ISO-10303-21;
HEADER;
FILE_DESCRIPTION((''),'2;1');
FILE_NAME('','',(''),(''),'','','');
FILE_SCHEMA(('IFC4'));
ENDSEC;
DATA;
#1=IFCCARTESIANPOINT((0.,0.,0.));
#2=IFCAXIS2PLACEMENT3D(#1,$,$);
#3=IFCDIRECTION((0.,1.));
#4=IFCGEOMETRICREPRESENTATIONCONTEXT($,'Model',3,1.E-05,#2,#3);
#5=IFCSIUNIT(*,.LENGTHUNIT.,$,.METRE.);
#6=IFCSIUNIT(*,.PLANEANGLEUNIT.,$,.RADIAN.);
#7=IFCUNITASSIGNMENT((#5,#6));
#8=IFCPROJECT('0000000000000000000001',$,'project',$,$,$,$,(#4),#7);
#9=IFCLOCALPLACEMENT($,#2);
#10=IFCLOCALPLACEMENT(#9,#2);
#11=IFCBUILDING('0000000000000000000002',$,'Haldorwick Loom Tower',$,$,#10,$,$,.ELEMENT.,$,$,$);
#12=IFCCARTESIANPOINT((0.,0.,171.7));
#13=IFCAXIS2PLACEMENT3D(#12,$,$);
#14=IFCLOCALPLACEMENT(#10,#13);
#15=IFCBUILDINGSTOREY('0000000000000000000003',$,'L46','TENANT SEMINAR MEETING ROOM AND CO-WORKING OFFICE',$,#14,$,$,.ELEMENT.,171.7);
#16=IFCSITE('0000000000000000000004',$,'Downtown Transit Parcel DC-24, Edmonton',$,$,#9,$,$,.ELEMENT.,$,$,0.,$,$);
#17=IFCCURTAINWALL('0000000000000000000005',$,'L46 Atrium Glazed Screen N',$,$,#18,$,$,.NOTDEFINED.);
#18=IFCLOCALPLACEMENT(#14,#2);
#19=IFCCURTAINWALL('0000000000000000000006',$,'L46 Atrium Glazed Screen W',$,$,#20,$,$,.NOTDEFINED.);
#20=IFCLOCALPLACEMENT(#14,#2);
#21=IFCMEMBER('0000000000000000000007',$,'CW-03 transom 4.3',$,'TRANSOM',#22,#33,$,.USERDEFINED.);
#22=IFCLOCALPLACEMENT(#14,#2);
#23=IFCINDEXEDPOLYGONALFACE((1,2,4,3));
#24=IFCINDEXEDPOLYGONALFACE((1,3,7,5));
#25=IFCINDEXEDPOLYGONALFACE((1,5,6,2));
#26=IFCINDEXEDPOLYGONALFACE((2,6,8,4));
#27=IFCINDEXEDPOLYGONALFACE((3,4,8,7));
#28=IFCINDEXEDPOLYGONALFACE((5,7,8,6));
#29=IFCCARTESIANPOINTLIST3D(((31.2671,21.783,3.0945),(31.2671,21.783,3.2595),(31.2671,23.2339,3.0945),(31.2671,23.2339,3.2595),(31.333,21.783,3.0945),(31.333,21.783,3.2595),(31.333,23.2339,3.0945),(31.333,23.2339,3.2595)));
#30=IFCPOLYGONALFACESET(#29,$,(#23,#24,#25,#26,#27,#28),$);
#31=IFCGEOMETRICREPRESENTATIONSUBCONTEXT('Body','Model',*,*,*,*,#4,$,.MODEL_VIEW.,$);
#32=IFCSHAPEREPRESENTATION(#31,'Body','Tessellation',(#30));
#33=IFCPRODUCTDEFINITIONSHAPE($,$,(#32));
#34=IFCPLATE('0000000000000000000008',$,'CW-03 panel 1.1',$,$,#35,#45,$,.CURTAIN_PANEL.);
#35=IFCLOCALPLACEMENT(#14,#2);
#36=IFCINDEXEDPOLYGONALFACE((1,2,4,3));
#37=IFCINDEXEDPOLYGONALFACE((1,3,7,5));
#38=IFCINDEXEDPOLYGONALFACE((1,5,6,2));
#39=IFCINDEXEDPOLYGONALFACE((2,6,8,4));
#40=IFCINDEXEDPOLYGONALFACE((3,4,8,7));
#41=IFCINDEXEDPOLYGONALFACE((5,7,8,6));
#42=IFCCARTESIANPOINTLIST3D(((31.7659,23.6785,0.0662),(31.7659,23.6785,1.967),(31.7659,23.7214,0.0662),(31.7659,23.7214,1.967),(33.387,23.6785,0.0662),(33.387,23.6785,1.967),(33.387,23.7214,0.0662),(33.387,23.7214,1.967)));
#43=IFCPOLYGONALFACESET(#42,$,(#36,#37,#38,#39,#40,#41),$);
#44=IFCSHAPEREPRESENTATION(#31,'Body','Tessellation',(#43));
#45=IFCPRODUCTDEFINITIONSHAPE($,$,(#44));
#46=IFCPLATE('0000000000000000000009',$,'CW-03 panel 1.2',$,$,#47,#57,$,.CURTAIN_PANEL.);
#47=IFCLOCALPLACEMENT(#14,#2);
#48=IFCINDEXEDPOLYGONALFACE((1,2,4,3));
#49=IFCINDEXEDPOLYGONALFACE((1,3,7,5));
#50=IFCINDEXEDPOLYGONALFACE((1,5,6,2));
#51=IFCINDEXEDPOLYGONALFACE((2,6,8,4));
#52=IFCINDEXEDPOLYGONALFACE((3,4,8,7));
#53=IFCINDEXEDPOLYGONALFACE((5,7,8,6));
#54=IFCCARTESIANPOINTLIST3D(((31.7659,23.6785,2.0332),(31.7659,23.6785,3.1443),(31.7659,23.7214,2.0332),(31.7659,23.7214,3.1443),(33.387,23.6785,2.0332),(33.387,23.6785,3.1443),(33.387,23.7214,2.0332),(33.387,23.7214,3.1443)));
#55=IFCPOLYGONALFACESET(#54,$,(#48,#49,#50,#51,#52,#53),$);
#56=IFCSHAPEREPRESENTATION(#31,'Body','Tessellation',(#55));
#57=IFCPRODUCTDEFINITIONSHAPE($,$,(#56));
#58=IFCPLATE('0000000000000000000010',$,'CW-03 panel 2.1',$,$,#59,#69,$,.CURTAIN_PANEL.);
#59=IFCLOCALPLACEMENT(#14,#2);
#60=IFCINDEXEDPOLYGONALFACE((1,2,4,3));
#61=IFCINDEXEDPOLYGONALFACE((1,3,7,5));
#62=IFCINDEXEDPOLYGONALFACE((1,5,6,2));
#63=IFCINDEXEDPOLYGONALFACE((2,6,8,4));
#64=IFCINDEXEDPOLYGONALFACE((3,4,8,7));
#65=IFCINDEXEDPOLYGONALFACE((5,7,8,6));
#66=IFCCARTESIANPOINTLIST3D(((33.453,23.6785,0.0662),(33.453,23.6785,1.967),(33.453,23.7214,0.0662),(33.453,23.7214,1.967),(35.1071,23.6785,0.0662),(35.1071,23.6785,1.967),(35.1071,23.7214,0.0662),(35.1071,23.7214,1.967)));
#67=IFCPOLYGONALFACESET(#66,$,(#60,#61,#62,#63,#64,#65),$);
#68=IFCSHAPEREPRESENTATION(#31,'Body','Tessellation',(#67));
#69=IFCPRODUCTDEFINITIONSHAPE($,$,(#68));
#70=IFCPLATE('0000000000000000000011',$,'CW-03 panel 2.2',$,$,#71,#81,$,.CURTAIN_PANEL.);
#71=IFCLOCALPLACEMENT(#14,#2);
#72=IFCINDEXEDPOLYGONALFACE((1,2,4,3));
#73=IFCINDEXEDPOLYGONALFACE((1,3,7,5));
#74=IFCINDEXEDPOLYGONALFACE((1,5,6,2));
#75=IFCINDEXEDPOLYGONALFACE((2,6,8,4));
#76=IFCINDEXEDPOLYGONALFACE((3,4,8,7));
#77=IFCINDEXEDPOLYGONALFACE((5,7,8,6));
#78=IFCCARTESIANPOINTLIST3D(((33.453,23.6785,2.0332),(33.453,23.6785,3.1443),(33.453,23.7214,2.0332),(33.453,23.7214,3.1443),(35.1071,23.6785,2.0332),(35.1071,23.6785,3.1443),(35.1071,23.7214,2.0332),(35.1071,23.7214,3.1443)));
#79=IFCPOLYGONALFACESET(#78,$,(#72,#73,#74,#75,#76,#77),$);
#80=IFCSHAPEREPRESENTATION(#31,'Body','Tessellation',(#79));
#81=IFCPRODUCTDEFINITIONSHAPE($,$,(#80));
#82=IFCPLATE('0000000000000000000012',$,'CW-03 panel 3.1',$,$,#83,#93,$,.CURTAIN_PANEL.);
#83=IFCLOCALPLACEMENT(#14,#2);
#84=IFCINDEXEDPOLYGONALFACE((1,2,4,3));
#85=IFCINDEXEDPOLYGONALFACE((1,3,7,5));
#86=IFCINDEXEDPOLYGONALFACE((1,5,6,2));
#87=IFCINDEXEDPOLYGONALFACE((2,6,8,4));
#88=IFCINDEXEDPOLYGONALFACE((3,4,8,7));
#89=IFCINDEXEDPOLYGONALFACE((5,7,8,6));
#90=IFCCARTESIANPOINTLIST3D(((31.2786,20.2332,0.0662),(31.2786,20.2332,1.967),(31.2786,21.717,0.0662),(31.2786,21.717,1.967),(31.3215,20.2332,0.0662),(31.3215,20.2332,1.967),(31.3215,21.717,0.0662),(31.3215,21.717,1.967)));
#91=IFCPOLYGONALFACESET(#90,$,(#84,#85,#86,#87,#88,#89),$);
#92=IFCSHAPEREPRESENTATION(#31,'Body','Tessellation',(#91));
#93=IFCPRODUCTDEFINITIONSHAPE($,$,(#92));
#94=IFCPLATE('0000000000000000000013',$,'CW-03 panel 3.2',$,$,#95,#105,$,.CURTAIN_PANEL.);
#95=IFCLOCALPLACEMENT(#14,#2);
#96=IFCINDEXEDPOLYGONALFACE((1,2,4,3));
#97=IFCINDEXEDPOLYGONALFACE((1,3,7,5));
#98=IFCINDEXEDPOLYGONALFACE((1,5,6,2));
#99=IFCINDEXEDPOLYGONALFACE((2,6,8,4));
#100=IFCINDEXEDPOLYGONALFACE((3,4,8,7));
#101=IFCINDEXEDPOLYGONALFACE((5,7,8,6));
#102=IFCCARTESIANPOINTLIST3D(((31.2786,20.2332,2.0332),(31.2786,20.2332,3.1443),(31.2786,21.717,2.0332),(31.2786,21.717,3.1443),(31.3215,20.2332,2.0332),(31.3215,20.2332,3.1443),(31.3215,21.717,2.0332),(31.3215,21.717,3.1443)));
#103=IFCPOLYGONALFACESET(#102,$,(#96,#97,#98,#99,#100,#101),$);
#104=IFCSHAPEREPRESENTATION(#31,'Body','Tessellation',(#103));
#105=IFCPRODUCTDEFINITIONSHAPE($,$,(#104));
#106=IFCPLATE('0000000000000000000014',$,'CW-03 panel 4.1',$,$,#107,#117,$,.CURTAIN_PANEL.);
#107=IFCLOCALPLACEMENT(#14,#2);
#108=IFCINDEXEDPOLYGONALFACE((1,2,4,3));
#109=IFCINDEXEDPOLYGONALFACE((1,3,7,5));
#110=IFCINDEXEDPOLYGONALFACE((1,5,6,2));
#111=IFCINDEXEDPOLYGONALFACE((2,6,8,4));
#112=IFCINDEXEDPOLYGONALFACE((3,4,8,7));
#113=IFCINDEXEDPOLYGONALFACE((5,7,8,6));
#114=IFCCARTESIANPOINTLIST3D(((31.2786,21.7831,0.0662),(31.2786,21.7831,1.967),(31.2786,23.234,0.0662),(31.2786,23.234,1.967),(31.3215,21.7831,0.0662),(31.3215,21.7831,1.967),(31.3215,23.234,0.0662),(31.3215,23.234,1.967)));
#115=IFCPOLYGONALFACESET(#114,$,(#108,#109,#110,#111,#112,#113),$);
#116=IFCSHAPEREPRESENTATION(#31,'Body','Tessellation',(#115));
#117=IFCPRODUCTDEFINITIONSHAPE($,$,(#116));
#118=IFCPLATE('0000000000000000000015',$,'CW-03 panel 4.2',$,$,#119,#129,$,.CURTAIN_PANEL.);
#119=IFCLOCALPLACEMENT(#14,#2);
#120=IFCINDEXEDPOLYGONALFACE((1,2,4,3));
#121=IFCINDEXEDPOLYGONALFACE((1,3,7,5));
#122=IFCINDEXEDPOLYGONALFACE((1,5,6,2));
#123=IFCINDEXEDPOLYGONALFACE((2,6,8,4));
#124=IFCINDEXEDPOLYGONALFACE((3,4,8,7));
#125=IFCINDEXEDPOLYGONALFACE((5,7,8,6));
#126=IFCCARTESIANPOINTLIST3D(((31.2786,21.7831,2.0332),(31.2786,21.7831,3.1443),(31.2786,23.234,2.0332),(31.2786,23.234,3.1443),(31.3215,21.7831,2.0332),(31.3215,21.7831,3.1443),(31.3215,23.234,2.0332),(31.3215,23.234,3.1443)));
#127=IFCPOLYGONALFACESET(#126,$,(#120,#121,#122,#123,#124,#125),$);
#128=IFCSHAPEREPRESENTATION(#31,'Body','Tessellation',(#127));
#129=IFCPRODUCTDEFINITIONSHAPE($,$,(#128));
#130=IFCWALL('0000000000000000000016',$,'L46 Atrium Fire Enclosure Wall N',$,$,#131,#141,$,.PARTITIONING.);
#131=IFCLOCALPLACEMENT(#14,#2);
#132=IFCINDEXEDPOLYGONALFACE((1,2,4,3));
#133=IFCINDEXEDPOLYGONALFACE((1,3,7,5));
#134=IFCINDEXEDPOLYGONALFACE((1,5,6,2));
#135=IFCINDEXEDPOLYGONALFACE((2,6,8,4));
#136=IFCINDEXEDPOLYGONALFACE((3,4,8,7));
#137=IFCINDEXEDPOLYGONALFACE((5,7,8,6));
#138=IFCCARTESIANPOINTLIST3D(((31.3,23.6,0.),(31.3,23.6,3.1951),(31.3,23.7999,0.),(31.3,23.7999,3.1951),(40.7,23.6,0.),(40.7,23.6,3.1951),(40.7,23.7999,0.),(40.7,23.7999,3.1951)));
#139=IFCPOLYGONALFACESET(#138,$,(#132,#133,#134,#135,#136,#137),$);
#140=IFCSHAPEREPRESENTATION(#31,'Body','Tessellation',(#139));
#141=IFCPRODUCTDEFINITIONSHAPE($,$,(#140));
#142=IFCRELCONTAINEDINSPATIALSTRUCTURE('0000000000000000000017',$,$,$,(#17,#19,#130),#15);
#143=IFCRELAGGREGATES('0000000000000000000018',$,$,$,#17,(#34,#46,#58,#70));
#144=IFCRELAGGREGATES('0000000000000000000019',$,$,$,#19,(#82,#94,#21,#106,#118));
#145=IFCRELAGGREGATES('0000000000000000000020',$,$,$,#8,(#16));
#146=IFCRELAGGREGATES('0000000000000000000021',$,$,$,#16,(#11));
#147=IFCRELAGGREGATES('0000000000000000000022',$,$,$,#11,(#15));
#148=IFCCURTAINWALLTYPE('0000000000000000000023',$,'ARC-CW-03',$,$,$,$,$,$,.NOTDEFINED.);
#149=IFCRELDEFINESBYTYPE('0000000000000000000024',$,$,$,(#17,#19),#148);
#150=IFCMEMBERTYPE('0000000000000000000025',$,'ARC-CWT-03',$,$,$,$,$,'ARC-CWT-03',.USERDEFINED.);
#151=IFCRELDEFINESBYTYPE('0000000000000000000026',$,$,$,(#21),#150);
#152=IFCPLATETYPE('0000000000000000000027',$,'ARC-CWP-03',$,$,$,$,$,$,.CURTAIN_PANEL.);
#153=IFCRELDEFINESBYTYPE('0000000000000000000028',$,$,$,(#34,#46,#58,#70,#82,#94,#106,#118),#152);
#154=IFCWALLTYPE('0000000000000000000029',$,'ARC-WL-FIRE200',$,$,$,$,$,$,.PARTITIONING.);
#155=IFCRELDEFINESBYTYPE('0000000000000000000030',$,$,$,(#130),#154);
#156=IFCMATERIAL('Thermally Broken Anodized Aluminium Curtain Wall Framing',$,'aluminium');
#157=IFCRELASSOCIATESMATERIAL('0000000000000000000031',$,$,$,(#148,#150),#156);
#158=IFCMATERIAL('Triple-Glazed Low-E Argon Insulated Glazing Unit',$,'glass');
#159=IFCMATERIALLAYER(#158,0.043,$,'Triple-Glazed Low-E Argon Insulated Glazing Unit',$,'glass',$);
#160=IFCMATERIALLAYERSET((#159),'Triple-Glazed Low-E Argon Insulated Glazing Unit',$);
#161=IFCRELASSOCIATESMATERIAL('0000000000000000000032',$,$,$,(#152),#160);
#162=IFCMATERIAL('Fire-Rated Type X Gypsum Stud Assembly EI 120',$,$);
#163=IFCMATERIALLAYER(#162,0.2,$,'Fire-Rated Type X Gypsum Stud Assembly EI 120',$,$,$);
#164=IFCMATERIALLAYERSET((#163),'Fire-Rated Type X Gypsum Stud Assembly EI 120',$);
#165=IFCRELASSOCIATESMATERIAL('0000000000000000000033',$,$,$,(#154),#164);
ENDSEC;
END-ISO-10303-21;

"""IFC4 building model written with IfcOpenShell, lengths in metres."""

from ifc_helpers import new_model, si_unit, direction, frame, frame_2d, origin, origin_2d, place, context, subcontext, project, spatial, rectangle, extrude, material, layer, layer_set, material_profile, profile_set, type_object, element, aggregate, save


model = new_model("IFC4")

# Units and contexts
model_context = context("Model", 3, precision=1e-05, world=origin(), true_north=direction((0.0, 1.0)))
body_context = subcontext(model_context, "Body", "Model", "MODEL_VIEW")
ifc_project = project(units=[si_unit("LENGTHUNIT", "METRE"), si_unit("PLANEANGLEUNIT", "RADIAN")], contexts=[model_context])

# Site, building, storey
site_placement = place(None, origin())
site = spatial("IfcSite", under=ifc_project, at=site_placement, Name="Downtown Transit Parcel DC-24, Edmonton", CompositionType="ELEMENT", RefElevation=0.0)
building_placement = place(site_placement, origin())
building = spatial("IfcBuilding", under=site, at=building_placement, Name="Haldorwick Loom Tower", CompositionType="ELEMENT")
storey_placement = place(building_placement, frame((0.0, 0.0, 171.7)))
storey = spatial("IfcBuildingStorey", under=building, at=storey_placement, Name="L46", Description="TENANT SEMINAR MEETING ROOM AND CO-WORKING OFFICE", CompositionType="ELEMENT", Elevation=171.7)

# Curtain walls
ifc_material_1 = material(Name="Thermally Broken Anodized Aluminium Curtain Wall Framing", Category="aluminium")
curtain_wall_type = type_object("IfcCurtainWallType", Name="ARC-CW-03", PredefinedType="NOTDEFINED", material=ifc_material_1)
curtain_wall_1_placement = place(storey_placement, origin())
curtain_wall_1 = element("IfcCurtainWall", 1, at=curtain_wall_1_placement, inside=storey, type_object=curtain_wall_type, Name="L46 Atrium Glazed Screen N", PredefinedType="NOTDEFINED")
curtain_wall_2_placement = place(storey_placement, origin())
curtain_wall_2 = element("IfcCurtainWall", 2, at=curtain_wall_2_placement, inside=storey, type_object=curtain_wall_type, Name="L46 Atrium Glazed Screen W", PredefinedType="NOTDEFINED")

# Member
ifc_material_profile_1 = material_profile(ifc_material_1, rectangle(XDim=0.0659, YDim=0.165, at=origin_2d()), Name="ALU_TRN_66X165", Category="aluminium")
ifc_profile_set_1 = profile_set([ifc_material_profile_1], Name="Thermally Broken Anodized Aluminium Curtain Wall Framing")
member_type_1 = type_object("IfcMemberType", Name="ARC-CWT-03", ElementType="ARC-CWT-03", PredefinedType="USERDEFINED", material=ifc_profile_set_1)
member_1_placement = place(storey_placement, frame((31.3, 21.783, 3.177), z_axis=(0.0, 1.0, 0.0), x_axis=(-1.0, 0.0, 0.0)))
member_1 = element("IfcMember", 3, at=member_1_placement, type_object=member_type_1, Name="CW-03 transom 4.3", ObjectType="TRANSOM", PredefinedType="USERDEFINED", context=body_context, shape_type="SweptSolid", body=[
    extrude(rectangle(XDim=0.0659, YDim=0.165, at=origin_2d()), origin(), (0.0, 0.0, 1.0), 1.4509),
])

# Plates
ifc_material_2 = material(Name="Triple-Glazed Low-E Argon Insulated Glazing Unit", Category="glass")
ifc_layer_1 = layer(ifc_material_2, 0.043, Name="Triple-Glazed Low-E Argon Insulated Glazing Unit", Category="glass")
ifc_layer_set_1 = layer_set([ifc_layer_1], Name="Triple-Glazed Low-E Argon Insulated Glazing Unit")
plate_type = type_object("IfcPlateType", Name="ARC-CWP-03", PredefinedType="CURTAIN_PANEL", material=ifc_layer_set_1)
plate_1_placement = place(storey_placement, frame((32.5764, 23.7, 0.0662), z_axis=(0.0, 0.0, 1.0), x_axis=(1.0, 0.0, 0.0)))
plate_1 = element("IfcPlate", 4, at=plate_1_placement, type_object=plate_type, Name="CW-03 panel 1.1", PredefinedType="CURTAIN_PANEL", context=body_context, shape_type="SweptSolid", body=[
    extrude(rectangle(XDim=1.6211, YDim=0.043, at=origin_2d()), origin(), (0.0, 0.0, 1.0), 1.9009),
])
plate_2_placement = place(storey_placement, frame((32.5764, 23.7, 2.0332), z_axis=(0.0, 0.0, 1.0), x_axis=(1.0, 0.0, 0.0)))
plate_2 = element("IfcPlate", 5, at=plate_2_placement, type_object=plate_type, Name="CW-03 panel 1.2", PredefinedType="CURTAIN_PANEL", context=body_context, shape_type="SweptSolid", body=[
    extrude(rectangle(XDim=1.6211, YDim=0.043, at=origin_2d()), origin(), (0.0, 0.0, 1.0), 1.1111),
])
plate_3_placement = place(storey_placement, frame((34.28, 23.7, 0.0662), z_axis=(0.0, 0.0, 1.0), x_axis=(1.0, 0.0, 0.0)))
plate_3 = element("IfcPlate", 6, at=plate_3_placement, type_object=plate_type, Name="CW-03 panel 2.1", PredefinedType="CURTAIN_PANEL", context=body_context, shape_type="SweptSolid", body=[
    extrude(rectangle(XDim=1.6541, YDim=0.043, at=origin_2d()), origin(), (0.0, 0.0, 1.0), 1.9009),
])
plate_4_placement = place(storey_placement, frame((34.28, 23.7, 2.0332), z_axis=(0.0, 0.0, 1.0), x_axis=(1.0, 0.0, 0.0)))
plate_4 = element("IfcPlate", 7, at=plate_4_placement, type_object=plate_type, Name="CW-03 panel 2.2", PredefinedType="CURTAIN_PANEL", context=body_context, shape_type="SweptSolid", body=[
    extrude(rectangle(XDim=1.6541, YDim=0.043, at=origin_2d()), origin(), (0.0, 0.0, 1.0), 1.1111),
])
aggregate(curtain_wall_1, [plate_1, plate_2, plate_3, plate_4])
plate_5_placement = place(storey_placement, frame((31.3, 20.9751, 0.0662), z_axis=(0.0, 0.0, 1.0), x_axis=(0.0, 1.0, 0.0)))
plate_5 = element("IfcPlate", 8, at=plate_5_placement, type_object=plate_type, Name="CW-03 panel 3.1", PredefinedType="CURTAIN_PANEL", context=body_context, shape_type="SweptSolid", body=[
    extrude(rectangle(XDim=1.4839, YDim=0.043, at=origin_2d()), origin(), (0.0, 0.0, 1.0), 1.9009),
])
plate_6_placement = place(storey_placement, frame((31.3, 20.9751, 2.0332), z_axis=(0.0, 0.0, 1.0), x_axis=(0.0, 1.0, 0.0)))
plate_6 = element("IfcPlate", 9, at=plate_6_placement, type_object=plate_type, Name="CW-03 panel 3.2", PredefinedType="CURTAIN_PANEL", context=body_context, shape_type="SweptSolid", body=[
    extrude(rectangle(XDim=1.4839, YDim=0.043, at=origin_2d()), origin(), (0.0, 0.0, 1.0), 1.1111),
])
plate_7_placement = place(storey_placement, frame((31.3, 22.5085, 0.0662), z_axis=(0.0, 0.0, 1.0), x_axis=(0.0, 1.0, 0.0)))
plate_7 = element("IfcPlate", 10, at=plate_7_placement, type_object=plate_type, Name="CW-03 panel 4.1", PredefinedType="CURTAIN_PANEL", context=body_context, shape_type="SweptSolid", body=[
    extrude(rectangle(XDim=1.4509, YDim=0.043, at=origin_2d()), origin(), (0.0, 0.0, 1.0), 1.9009),
])
plate_8_placement = place(storey_placement, frame((31.3, 22.5085, 2.0332), z_axis=(0.0, 0.0, 1.0), x_axis=(0.0, 1.0, 0.0)))
plate_8 = element("IfcPlate", 11, at=plate_8_placement, type_object=plate_type, Name="CW-03 panel 4.2", PredefinedType="CURTAIN_PANEL", context=body_context, shape_type="SweptSolid", body=[
    extrude(rectangle(XDim=1.4509, YDim=0.043, at=origin_2d()), origin(), (0.0, 0.0, 1.0), 1.1111),
])
aggregate(curtain_wall_2, [plate_5, plate_6, member_1, plate_7, plate_8])

# Wall
ifc_material_3 = material(Name="Fire-Rated Type X Gypsum Stud Assembly EI 120")
ifc_layer_2 = layer(ifc_material_3, 0.2, Name="Fire-Rated Type X Gypsum Stud Assembly EI 120")
ifc_layer_set_2 = layer_set([ifc_layer_2], Name="Fire-Rated Type X Gypsum Stud Assembly EI 120")
wall_type = type_object("IfcWallType", Name="ARC-WL-FIRE200", PredefinedType="PARTITIONING", material=ifc_layer_set_2)
wall_placement = place(storey_placement, frame((31.3, 23.7, 0.0), z_axis=(0.0, 0.0, 1.0), x_axis=(1.0, 0.0, 0.0)))
element("IfcWall", 12, at=wall_placement, inside=storey, type_object=wall_type, Name="L46 Atrium Fire Enclosure Wall N", PredefinedType="PARTITIONING", context=body_context, shape_type="SweptSolid", body=[
    extrude(rectangle(XDim=9.3999, YDim=0.2, at=frame_2d((4.7, 0.0))), origin(), (0.0, 0.0, 1.0), 3.1951),
])

save(model, "model.ifc")
